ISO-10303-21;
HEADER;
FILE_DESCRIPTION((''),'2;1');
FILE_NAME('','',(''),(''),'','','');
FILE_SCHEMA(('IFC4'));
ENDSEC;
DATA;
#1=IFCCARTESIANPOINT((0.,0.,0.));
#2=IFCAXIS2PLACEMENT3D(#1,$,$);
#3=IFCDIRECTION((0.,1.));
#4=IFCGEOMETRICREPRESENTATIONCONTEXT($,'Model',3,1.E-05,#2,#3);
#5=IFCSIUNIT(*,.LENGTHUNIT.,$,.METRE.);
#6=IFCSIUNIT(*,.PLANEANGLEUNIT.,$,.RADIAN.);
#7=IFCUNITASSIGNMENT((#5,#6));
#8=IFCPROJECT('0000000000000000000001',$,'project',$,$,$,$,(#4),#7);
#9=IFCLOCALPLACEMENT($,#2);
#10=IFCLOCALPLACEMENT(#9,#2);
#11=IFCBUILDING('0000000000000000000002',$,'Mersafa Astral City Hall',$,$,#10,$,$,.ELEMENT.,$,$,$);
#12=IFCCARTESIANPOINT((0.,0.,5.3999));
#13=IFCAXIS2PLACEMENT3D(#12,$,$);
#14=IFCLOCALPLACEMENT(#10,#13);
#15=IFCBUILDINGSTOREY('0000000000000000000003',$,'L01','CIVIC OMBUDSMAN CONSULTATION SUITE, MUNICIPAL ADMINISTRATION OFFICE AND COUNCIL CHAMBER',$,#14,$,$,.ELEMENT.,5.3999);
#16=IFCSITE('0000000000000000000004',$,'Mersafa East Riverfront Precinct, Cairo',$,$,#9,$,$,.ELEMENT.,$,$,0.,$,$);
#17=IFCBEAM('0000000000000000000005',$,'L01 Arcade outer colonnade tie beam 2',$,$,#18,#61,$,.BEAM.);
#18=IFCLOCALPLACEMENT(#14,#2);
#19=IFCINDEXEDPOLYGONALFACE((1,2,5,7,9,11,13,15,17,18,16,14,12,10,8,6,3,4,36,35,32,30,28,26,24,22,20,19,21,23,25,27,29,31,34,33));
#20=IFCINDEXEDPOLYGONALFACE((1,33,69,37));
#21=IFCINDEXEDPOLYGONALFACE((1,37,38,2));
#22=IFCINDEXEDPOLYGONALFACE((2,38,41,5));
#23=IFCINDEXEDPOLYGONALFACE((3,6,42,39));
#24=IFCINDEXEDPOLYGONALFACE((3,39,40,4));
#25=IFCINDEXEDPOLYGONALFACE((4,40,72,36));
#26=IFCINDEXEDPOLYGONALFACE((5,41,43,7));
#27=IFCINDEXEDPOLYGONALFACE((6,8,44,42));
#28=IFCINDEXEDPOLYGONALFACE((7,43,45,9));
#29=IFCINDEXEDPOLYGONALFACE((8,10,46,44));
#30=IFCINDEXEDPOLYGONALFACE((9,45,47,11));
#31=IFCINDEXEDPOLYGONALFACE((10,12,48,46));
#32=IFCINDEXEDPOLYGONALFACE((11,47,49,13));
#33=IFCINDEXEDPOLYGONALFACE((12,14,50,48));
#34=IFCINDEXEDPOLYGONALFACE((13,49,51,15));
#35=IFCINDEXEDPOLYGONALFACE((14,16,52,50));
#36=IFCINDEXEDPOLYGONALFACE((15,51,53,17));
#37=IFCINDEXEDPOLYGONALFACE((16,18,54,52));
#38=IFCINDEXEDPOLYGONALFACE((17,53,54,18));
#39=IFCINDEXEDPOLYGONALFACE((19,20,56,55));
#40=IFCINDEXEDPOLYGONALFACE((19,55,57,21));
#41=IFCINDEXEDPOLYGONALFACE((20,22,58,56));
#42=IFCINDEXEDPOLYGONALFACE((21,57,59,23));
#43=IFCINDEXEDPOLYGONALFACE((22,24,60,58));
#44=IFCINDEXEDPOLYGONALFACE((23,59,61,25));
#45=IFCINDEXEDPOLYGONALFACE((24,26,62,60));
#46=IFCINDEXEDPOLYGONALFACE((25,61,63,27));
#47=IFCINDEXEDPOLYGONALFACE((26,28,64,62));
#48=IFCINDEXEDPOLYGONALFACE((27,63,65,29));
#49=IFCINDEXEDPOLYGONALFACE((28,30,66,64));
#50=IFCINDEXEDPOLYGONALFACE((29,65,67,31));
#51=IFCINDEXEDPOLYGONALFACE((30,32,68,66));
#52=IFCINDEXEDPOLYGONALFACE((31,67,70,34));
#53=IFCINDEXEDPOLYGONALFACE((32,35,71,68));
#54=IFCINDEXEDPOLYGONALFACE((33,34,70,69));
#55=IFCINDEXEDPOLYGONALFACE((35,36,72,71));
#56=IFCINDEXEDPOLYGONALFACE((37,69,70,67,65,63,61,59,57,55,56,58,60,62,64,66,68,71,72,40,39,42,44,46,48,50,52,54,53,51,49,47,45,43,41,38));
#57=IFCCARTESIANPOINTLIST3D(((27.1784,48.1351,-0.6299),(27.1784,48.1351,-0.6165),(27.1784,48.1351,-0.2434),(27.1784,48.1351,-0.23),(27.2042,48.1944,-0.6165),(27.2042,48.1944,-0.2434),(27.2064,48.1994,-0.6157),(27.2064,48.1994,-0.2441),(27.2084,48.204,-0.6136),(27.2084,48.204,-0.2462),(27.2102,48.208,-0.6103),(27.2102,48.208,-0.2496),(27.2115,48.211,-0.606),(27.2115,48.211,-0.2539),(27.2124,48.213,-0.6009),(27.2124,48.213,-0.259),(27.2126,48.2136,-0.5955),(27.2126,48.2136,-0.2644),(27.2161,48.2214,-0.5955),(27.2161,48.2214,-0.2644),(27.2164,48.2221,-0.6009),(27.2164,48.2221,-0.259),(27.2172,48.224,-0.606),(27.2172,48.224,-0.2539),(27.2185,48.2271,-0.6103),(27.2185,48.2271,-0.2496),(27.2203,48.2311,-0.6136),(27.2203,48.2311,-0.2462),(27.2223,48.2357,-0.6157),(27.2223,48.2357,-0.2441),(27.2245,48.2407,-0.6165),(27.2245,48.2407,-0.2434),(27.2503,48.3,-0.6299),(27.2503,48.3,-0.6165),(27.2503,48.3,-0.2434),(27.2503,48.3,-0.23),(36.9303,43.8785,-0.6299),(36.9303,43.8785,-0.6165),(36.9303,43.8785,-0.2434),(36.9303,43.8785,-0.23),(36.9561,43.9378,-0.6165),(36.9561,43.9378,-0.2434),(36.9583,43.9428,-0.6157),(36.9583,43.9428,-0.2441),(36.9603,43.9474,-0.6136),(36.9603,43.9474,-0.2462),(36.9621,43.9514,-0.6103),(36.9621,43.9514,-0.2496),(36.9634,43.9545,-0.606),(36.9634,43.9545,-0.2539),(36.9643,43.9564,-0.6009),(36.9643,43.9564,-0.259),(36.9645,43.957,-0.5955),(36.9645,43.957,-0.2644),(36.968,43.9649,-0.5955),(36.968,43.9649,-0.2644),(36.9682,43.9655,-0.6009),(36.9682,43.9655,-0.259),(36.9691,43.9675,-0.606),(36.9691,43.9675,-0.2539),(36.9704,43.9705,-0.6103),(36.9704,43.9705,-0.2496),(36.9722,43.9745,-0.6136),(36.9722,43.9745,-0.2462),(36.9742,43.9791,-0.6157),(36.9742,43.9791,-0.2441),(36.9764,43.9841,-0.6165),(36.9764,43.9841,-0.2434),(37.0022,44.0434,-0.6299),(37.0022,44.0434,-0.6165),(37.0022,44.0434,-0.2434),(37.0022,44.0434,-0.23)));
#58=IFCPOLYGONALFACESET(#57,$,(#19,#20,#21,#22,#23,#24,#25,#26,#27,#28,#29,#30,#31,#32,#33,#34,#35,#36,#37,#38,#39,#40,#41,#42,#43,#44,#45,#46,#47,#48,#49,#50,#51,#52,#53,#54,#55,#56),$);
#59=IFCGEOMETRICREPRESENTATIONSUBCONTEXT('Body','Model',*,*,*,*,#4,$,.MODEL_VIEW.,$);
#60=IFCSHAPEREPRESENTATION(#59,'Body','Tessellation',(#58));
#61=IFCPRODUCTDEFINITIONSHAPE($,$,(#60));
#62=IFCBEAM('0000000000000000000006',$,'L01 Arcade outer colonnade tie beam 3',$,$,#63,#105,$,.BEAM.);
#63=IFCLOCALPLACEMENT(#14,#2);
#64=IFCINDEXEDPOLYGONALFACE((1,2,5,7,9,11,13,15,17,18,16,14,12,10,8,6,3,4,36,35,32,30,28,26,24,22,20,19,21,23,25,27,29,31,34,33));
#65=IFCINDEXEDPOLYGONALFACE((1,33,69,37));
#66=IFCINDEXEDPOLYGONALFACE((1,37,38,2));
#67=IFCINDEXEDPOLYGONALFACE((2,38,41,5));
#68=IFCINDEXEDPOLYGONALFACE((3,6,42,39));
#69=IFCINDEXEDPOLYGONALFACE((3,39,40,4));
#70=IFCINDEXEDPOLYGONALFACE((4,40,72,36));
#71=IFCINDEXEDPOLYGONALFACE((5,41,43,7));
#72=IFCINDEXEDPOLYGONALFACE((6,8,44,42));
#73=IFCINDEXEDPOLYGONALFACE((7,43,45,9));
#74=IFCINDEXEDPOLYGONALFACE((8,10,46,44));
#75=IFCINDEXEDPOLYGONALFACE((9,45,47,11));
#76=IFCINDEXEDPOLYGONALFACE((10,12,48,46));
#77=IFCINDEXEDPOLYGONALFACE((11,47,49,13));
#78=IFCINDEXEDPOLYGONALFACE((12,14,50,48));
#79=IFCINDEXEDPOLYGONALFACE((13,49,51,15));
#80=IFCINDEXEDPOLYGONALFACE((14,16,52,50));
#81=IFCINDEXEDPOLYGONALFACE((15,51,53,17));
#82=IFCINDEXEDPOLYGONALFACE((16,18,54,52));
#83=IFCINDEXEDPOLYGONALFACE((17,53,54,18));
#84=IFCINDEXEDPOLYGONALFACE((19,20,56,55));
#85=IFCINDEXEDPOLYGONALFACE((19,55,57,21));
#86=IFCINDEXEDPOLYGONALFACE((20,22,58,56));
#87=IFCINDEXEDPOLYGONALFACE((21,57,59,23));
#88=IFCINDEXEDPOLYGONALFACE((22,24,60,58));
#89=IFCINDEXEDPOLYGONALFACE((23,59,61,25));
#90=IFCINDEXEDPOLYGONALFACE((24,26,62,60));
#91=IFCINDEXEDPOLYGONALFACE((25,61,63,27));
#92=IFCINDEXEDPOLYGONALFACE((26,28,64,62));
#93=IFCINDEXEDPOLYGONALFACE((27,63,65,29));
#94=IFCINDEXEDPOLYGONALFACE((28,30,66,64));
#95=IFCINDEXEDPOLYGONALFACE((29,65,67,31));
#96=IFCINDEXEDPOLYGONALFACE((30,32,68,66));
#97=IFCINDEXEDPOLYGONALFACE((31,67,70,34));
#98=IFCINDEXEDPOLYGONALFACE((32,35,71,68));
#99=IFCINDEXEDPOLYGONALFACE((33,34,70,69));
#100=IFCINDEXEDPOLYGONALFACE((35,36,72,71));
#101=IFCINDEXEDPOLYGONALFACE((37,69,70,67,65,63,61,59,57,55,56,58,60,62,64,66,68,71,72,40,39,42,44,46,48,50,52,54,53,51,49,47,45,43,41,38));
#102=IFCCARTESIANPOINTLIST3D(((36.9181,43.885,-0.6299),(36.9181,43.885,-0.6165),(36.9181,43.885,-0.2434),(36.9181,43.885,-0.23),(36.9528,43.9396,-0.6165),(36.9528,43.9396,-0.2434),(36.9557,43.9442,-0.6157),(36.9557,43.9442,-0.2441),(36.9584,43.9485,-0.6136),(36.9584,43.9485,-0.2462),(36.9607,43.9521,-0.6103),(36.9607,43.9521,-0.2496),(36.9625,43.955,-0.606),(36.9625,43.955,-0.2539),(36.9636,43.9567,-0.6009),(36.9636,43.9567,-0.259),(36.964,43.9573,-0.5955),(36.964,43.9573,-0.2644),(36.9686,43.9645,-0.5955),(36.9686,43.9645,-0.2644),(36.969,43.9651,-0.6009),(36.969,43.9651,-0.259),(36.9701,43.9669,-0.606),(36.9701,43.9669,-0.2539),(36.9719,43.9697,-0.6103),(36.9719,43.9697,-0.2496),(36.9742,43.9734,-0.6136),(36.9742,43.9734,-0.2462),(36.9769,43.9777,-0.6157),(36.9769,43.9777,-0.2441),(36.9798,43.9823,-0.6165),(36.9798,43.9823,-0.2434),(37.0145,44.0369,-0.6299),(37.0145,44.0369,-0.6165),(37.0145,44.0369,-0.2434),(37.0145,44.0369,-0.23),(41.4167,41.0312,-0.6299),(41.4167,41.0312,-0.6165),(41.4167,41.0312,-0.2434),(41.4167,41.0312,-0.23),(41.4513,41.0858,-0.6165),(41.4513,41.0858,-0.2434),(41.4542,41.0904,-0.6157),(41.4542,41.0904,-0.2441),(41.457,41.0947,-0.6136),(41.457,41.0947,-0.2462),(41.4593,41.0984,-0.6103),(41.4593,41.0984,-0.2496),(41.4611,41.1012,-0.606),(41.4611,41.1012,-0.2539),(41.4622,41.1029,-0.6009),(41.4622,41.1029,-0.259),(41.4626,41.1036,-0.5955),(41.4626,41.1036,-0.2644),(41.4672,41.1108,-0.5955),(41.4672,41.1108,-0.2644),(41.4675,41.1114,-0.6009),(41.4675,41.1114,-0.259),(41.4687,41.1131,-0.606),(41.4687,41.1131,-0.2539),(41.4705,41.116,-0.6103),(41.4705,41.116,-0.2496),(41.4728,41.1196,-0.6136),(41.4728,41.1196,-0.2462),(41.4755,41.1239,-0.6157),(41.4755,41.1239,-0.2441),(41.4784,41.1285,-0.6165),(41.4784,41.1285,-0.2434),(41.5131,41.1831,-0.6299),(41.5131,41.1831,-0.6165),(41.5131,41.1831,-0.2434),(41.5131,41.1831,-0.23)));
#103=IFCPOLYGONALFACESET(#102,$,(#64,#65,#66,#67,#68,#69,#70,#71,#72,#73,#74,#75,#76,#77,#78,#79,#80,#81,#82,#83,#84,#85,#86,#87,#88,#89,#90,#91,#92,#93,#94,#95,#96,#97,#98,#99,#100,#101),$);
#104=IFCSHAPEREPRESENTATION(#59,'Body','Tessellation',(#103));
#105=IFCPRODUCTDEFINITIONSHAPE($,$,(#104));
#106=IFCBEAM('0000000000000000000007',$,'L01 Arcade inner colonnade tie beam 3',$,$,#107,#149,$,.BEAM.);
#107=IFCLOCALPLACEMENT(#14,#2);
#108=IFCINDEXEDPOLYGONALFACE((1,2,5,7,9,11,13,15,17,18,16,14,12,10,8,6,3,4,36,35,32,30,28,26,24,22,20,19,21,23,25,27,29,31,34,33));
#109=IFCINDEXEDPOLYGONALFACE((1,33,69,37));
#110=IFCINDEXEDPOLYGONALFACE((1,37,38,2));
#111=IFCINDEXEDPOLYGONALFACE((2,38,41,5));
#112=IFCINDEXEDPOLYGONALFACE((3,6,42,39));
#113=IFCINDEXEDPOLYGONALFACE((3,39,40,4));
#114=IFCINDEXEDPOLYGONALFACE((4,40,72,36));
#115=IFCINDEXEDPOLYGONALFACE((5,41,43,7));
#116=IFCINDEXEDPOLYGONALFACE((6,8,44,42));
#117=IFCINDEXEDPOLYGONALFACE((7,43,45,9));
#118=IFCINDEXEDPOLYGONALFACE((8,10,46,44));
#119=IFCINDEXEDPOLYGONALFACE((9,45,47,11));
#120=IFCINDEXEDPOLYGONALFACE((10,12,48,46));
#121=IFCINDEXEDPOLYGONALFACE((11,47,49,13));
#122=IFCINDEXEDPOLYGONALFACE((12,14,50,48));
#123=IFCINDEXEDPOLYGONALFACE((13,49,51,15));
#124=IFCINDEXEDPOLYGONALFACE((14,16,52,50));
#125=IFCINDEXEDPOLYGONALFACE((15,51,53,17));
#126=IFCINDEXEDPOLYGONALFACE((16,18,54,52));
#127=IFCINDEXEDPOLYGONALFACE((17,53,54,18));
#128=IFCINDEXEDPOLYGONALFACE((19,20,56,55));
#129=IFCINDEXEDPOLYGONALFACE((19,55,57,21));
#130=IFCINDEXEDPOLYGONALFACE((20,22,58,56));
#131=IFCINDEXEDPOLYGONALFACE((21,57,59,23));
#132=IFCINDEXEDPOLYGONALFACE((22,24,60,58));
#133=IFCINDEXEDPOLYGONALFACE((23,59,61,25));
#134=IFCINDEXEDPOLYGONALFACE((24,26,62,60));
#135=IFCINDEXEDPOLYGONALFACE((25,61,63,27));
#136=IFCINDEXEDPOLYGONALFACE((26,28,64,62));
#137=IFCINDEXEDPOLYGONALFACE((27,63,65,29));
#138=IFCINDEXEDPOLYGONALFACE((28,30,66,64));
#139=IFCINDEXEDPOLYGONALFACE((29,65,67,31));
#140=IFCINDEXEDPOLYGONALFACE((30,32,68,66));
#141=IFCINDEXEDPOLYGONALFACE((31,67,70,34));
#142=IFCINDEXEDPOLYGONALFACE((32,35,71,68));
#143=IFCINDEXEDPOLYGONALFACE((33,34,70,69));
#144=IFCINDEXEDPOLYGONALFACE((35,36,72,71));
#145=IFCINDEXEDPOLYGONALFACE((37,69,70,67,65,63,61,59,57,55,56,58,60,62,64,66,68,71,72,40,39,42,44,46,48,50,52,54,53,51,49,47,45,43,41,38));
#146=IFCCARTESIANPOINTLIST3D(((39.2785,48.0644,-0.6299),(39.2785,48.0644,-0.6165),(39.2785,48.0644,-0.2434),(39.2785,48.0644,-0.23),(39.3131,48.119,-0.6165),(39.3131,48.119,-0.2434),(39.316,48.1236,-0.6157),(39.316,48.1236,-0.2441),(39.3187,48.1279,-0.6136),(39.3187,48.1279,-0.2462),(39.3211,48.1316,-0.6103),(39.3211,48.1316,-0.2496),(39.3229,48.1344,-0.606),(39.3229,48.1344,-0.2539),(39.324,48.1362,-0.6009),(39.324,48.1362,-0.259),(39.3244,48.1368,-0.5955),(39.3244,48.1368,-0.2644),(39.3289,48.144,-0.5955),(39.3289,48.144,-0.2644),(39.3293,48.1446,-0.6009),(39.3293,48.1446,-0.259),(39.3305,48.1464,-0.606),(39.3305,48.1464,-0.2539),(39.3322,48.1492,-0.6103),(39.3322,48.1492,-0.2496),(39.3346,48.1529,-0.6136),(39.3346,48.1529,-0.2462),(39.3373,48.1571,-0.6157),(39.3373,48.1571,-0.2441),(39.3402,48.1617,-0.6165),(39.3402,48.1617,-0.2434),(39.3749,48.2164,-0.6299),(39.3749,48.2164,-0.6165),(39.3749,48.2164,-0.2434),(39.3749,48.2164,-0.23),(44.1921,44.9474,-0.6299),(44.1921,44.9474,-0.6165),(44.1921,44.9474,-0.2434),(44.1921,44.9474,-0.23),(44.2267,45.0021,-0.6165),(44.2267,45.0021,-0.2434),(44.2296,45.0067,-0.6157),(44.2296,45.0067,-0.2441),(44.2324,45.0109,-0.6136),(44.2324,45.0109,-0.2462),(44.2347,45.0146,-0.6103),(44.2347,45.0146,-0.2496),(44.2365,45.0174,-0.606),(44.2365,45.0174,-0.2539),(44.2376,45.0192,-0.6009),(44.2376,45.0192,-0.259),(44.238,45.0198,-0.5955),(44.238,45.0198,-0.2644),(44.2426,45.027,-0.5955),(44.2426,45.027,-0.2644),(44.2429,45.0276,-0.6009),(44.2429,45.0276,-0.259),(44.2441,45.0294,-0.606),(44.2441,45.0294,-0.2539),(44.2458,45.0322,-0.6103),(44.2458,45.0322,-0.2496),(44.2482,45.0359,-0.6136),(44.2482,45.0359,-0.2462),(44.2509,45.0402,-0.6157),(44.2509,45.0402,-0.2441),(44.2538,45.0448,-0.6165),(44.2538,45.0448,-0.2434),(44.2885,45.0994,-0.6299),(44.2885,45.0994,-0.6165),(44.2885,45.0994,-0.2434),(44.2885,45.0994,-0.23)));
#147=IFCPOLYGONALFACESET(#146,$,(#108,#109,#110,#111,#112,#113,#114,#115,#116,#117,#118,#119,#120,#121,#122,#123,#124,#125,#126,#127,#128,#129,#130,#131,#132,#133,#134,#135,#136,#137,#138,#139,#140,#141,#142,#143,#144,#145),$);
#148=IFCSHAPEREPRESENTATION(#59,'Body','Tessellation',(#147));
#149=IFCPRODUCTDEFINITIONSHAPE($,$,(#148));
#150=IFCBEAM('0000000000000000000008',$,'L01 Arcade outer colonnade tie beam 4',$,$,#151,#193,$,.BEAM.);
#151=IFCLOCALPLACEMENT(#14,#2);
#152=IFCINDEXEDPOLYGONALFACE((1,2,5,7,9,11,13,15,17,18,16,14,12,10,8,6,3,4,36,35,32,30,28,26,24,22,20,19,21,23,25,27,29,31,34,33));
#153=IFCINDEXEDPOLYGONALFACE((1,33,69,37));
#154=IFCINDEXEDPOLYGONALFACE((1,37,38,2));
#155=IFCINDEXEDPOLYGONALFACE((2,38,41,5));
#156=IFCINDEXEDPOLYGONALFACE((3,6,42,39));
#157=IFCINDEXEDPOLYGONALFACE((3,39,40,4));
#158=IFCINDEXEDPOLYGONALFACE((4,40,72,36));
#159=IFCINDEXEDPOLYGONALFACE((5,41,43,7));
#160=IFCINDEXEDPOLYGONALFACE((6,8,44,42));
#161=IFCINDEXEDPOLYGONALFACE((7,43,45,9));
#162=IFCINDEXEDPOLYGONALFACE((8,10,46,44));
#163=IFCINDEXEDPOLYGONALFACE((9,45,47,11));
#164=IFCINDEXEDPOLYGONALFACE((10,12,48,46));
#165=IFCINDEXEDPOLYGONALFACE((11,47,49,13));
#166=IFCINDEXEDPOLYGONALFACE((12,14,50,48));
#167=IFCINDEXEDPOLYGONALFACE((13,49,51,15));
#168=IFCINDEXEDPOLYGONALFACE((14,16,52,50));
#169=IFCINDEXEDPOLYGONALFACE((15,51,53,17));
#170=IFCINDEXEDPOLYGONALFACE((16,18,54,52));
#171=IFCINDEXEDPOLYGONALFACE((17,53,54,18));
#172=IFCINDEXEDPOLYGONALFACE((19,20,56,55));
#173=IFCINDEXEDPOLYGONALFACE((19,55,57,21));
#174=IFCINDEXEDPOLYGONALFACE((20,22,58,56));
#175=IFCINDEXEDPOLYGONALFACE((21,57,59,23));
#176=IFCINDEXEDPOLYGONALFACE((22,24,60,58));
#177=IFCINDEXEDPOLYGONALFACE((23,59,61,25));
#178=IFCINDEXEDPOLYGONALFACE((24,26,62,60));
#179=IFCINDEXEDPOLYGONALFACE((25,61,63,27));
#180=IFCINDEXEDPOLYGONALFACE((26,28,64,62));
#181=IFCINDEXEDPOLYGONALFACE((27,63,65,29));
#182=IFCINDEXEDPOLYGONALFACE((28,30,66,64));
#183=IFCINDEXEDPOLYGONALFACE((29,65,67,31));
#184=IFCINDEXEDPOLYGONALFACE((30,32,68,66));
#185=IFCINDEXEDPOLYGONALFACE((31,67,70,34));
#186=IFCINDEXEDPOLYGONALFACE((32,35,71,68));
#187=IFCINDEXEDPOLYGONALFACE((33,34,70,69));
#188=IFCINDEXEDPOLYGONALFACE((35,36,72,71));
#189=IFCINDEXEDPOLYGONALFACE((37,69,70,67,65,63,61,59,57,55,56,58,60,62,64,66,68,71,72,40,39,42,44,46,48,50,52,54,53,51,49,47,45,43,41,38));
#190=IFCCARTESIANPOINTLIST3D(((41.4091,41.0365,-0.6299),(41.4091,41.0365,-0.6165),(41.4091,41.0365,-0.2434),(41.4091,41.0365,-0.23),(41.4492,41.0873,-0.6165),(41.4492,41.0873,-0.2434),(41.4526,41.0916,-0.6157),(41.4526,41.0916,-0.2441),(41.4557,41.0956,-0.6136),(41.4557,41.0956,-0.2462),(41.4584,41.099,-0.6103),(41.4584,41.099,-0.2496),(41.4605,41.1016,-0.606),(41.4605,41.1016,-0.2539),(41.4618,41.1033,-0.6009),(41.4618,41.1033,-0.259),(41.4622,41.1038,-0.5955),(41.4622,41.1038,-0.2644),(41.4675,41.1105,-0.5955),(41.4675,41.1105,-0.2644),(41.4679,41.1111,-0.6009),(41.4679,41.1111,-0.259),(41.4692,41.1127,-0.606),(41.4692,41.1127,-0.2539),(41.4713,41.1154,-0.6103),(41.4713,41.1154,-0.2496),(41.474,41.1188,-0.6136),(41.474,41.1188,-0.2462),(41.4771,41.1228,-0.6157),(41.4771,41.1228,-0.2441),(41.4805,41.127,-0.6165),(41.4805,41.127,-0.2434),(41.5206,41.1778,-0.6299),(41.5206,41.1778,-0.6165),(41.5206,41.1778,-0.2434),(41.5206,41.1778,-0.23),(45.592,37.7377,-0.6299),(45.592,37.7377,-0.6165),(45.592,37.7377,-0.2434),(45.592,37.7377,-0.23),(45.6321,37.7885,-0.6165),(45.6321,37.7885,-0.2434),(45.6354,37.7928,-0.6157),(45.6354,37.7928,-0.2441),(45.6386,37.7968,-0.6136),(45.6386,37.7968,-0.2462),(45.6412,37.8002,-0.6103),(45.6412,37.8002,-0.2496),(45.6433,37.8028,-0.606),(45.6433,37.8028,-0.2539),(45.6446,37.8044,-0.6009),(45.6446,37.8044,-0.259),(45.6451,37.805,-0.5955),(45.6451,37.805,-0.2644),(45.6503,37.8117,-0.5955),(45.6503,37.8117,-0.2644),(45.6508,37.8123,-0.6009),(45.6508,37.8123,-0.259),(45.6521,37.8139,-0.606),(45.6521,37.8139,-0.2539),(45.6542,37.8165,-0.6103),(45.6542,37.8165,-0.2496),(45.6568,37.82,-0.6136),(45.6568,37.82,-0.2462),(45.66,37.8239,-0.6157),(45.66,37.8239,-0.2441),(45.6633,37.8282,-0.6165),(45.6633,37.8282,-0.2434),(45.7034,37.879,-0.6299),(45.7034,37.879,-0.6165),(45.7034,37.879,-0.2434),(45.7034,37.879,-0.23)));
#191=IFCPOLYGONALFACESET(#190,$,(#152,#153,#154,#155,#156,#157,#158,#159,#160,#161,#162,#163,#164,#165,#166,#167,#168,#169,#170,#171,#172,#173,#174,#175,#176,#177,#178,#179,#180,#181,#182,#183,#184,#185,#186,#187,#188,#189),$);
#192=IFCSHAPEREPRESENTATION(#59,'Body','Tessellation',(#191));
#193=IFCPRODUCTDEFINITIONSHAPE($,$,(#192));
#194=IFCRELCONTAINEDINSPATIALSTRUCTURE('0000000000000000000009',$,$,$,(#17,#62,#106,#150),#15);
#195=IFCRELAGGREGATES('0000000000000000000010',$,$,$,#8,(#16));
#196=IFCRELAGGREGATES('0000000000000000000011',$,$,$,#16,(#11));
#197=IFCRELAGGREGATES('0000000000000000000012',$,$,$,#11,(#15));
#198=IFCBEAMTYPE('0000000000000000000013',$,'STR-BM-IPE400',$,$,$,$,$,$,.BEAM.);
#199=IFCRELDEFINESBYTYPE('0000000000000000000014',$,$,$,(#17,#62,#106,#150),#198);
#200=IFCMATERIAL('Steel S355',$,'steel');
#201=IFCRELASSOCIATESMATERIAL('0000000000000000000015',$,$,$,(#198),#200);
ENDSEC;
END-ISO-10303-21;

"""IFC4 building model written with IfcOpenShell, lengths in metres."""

from ifc_helpers import new_model, si_unit, direction, frame, origin, origin_2d, place, context, subcontext, project, spatial, i_section, extrude, material, material_profile, profile_set, type_object, element, save


model = new_model("IFC4")

# Units and contexts
model_context = context("Model", 3, precision=1e-05, world=origin(), true_north=direction((0.0, 1.0)))
body_context = subcontext(model_context, "Body", "Model", "MODEL_VIEW")
ifc_project = project(units=[si_unit("LENGTHUNIT", "METRE"), si_unit("PLANEANGLEUNIT", "RADIAN")], contexts=[model_context])

# Site, building, storey
site_placement = place(None, origin())
site = spatial("IfcSite", under=ifc_project, at=site_placement, Name="Mersafa East Riverfront Precinct, Cairo", CompositionType="ELEMENT", RefElevation=0.0)
building_placement = place(site_placement, origin())
building = spatial("IfcBuilding", under=site, at=building_placement, Name="Mersafa Astral City Hall", CompositionType="ELEMENT")
storey_placement = place(building_placement, frame((0.0, 0.0, 5.3999)))
storey = spatial("IfcBuildingStorey", under=building, at=storey_placement, Name="L01", Description="CIVIC OMBUDSMAN CONSULTATION SUITE, MUNICIPAL ADMINISTRATION OFFICE AND COUNCIL CHAMBER", CompositionType="ELEMENT", Elevation=5.3999)

# Shared definitions
ifc_material_1 = material(Name="Steel S355", Category="steel")

# Beams
ifc_material_profile_1 = material_profile(ifc_material_1, i_section(OverallWidth=0.1799, OverallDepth=0.3999, WebThickness=0.0085, FlangeThickness=0.0134, FilletRadius=0.021, at=origin_2d()), Name="IPE 400")
ifc_profile_set_1 = profile_set([ifc_material_profile_1], Name="Steel S355")
beam_type_1 = type_object("IfcBeamType", Name="STR-BM-IPE400", PredefinedType="BEAM", material=ifc_profile_set_1)
beam_1_placement = place(storey_placement, frame((27.2144, 48.2175, -0.4299), z_axis=(0.916498, -0.400039, 0.0), x_axis=(0.400039, 0.916498, 0.0)))
element("IfcBeam", 1, at=beam_1_placement, inside=storey, type_object=beam_type_1, Name="L01 Arcade outer colonnade tie beam 2", PredefinedType="BEAM", context=body_context, shape_type="SweptSolid", body=[
    extrude(i_section(OverallWidth=0.1799, OverallDepth=0.3999, WebThickness=0.0085, FlangeThickness=0.0134, FilletRadius=0.021, at=origin_2d()), origin(), (0.0, 0.0, 1.0), 10.6404),
])
beam_2_placement = place(storey_placement, frame((36.9663, 43.9609, -0.4299), z_axis=(0.844421, -0.53568, 0.0), x_axis=(0.53568, 0.844421, 0.0)))
element("IfcBeam", 2, at=beam_2_placement, inside=storey, type_object=beam_type_1, Name="L01 Arcade outer colonnade tie beam 3", PredefinedType="BEAM", context=body_context, shape_type="SweptSolid", body=[
    extrude(i_section(OverallWidth=0.1799, OverallDepth=0.3999, WebThickness=0.0085, FlangeThickness=0.0134, FilletRadius=0.021, at=origin_2d()), origin(), (0.0, 0.0, 1.0), 5.3274),
])
beam_3_placement = place(storey_placement, frame((39.3267, 48.1404, -0.4299), z_axis=(0.844429, -0.535667, 0.0), x_axis=(0.535667, 0.844429, 0.0)))
element("IfcBeam", 3, at=beam_3_placement, inside=storey, type_object=beam_type_1, Name="L01 Arcade inner colonnade tie beam 3", PredefinedType="BEAM", context=body_context, shape_type="SweptSolid", body=[
    extrude(i_section(OverallWidth=0.1799, OverallDepth=0.3999, WebThickness=0.0085, FlangeThickness=0.0134, FilletRadius=0.021, at=origin_2d()), origin(), (0.0, 0.0, 1.0), 5.8188),
])
beam_4_placement = place(storey_placement, frame((41.4648, 41.1072, -0.4299), z_axis=(0.785196, -0.619247, 0.0), x_axis=(0.619247, 0.785196, 0.0)))
element("IfcBeam", 4, at=beam_4_placement, inside=storey, type_object=beam_type_1, Name="L01 Arcade outer colonnade tie beam 4", PredefinedType="BEAM", context=body_context, shape_type="SweptSolid", body=[
    extrude(i_section(OverallWidth=0.1799, OverallDepth=0.3999, WebThickness=0.0085, FlangeThickness=0.0134, FilletRadius=0.021, at=origin_2d()), origin(), (0.0, 0.0, 1.0), 5.3271),
])

save(model, "model.ifc")
